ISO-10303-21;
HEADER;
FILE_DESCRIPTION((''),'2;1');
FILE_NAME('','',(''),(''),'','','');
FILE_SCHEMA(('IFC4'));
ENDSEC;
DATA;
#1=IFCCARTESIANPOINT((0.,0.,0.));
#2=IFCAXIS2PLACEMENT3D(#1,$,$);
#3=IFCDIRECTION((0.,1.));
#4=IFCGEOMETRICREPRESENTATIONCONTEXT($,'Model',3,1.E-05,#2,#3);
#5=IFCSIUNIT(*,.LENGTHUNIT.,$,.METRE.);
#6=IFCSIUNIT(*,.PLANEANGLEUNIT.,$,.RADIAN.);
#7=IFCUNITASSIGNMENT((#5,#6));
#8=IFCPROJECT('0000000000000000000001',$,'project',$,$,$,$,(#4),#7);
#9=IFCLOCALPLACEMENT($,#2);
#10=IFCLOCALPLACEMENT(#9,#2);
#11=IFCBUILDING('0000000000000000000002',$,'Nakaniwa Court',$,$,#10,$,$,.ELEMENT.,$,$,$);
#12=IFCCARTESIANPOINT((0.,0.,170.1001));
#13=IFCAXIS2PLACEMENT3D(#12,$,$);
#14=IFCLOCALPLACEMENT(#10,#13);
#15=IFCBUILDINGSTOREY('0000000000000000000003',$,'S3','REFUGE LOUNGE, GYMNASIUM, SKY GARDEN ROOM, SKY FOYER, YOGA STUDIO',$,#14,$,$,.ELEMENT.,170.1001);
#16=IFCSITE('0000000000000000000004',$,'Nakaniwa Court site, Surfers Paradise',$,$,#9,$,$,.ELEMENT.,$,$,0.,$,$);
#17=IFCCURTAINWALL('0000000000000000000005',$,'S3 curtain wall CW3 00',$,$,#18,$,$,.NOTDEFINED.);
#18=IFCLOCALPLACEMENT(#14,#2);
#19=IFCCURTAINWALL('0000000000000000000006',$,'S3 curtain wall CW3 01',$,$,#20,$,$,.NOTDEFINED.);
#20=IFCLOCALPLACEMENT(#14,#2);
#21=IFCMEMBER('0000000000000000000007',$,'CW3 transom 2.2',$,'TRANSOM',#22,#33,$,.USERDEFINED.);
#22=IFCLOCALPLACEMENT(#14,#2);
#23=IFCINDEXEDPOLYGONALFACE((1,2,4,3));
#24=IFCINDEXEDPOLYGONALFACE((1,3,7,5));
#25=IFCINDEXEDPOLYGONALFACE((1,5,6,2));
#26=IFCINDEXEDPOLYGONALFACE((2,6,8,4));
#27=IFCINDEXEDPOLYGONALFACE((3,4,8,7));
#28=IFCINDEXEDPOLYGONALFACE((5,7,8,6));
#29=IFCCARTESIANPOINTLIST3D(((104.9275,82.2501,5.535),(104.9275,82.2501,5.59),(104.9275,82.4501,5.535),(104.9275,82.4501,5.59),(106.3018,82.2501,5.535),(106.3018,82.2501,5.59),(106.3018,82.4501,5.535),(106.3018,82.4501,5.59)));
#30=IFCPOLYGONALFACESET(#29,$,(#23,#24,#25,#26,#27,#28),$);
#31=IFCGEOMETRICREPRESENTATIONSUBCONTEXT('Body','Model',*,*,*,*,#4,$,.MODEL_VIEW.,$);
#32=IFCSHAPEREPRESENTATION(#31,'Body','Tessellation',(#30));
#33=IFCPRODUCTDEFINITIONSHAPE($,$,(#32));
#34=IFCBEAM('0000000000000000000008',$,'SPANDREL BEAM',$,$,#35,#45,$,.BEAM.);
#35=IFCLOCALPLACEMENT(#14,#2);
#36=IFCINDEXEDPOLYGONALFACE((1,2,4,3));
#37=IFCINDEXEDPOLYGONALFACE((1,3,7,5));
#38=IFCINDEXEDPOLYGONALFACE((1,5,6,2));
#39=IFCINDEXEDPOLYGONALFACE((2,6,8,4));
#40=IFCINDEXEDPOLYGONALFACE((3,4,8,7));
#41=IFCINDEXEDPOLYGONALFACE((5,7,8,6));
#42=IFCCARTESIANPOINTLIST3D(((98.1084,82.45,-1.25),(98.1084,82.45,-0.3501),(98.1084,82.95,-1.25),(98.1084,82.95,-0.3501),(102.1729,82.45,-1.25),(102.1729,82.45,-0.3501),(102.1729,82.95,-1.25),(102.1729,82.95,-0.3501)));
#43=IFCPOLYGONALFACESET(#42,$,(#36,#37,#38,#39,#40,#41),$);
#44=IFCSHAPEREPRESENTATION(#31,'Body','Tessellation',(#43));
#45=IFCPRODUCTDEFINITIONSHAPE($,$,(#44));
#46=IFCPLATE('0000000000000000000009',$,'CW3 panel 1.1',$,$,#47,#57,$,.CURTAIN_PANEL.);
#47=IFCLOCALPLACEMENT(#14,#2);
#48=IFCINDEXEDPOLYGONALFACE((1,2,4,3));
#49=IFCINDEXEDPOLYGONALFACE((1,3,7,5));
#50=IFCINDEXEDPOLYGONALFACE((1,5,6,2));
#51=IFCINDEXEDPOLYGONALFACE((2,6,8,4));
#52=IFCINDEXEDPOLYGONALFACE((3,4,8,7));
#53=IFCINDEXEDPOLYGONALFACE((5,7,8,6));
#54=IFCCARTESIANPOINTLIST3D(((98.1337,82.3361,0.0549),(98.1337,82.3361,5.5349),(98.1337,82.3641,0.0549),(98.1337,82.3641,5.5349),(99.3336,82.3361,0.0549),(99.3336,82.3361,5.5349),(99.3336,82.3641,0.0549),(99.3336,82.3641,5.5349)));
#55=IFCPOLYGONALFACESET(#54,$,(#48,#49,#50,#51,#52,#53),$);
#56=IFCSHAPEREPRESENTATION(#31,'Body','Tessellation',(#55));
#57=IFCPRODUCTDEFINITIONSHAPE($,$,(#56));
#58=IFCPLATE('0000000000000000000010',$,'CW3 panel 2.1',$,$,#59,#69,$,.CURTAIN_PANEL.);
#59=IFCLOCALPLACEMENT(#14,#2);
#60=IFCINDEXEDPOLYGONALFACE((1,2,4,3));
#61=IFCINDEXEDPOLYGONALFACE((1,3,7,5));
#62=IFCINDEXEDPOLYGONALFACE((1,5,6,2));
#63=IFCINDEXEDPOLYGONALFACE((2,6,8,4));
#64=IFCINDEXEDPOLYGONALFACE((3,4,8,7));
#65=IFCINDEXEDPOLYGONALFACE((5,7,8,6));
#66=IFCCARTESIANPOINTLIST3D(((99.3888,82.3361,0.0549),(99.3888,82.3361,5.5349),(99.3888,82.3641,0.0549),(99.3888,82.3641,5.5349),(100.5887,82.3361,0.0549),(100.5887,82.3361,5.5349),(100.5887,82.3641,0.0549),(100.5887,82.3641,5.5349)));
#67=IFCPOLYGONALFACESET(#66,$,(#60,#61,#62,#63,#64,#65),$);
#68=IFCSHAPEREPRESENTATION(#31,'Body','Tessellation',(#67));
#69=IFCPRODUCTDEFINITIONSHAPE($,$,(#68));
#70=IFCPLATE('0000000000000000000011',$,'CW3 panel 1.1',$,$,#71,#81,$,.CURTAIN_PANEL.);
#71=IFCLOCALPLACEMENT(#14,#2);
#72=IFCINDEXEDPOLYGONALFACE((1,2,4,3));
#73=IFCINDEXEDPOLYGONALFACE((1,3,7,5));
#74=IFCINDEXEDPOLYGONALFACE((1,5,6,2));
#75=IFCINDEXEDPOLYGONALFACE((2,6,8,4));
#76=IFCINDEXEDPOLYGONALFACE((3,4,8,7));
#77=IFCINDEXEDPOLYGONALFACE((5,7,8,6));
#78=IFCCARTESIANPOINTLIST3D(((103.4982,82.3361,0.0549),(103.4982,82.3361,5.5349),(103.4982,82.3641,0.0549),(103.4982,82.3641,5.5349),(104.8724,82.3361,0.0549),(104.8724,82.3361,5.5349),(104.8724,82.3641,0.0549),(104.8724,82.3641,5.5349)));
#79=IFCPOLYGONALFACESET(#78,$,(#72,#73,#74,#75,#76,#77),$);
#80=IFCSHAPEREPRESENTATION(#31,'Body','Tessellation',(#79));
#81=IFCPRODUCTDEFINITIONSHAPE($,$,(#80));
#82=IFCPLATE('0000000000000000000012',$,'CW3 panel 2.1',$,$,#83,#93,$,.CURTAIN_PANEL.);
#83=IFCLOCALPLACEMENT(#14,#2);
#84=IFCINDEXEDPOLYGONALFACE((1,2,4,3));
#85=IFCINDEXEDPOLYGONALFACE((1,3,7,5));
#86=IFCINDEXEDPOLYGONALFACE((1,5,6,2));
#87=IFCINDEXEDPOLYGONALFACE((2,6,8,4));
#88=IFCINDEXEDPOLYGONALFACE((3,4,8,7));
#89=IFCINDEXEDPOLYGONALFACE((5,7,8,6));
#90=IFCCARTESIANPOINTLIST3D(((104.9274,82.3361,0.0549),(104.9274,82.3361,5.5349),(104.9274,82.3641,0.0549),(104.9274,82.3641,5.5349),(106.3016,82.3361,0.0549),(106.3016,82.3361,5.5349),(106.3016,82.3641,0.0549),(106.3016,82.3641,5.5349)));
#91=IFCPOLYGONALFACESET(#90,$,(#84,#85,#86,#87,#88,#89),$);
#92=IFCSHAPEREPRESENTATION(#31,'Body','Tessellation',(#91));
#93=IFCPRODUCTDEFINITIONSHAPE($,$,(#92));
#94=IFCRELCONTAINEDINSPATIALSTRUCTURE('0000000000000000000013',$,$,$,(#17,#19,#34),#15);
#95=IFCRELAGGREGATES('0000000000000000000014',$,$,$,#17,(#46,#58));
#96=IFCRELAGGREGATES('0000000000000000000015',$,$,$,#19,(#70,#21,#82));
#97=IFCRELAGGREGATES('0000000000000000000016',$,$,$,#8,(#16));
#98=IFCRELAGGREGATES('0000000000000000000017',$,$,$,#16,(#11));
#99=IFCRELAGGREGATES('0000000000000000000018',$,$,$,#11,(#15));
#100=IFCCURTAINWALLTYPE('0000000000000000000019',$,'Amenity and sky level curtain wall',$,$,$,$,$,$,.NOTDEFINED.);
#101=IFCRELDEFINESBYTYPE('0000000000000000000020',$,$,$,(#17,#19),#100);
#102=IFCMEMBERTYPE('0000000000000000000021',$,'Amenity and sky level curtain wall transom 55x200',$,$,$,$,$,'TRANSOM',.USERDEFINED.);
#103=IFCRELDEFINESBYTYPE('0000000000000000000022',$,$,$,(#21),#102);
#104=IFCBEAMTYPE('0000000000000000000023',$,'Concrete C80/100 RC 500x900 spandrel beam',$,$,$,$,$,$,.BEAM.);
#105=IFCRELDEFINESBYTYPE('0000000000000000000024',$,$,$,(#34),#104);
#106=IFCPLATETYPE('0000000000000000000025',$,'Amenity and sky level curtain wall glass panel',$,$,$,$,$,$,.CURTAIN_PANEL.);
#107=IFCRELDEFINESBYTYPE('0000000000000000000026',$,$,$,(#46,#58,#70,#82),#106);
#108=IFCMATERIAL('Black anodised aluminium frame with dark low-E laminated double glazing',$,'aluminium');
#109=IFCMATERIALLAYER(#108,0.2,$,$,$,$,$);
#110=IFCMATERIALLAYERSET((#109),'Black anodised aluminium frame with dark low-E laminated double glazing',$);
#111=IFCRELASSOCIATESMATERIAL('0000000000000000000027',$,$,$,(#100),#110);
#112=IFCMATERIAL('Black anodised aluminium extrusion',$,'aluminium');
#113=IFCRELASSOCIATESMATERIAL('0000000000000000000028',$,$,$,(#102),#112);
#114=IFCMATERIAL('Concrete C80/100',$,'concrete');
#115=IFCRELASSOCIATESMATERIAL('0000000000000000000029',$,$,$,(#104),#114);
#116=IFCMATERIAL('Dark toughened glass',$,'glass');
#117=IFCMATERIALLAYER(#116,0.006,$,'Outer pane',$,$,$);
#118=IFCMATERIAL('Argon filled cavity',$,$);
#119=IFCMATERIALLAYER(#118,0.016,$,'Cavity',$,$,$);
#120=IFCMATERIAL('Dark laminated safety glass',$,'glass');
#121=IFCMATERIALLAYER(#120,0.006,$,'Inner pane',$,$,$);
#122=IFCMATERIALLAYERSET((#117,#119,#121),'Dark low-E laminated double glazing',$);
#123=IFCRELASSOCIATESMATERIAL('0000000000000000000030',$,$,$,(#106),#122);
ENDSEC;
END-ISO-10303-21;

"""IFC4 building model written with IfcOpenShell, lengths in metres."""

from ifc_helpers import new_model, si_unit, direction, frame, origin, origin_2d, place, context, subcontext, project, spatial, rectangle, extrude, material, layer, layer_set, material_profile, profile_set, type_object, element, aggregate, save


model = new_model("IFC4")

# Units and contexts
model_context = context("Model", 3, precision=1e-05, world=origin(), true_north=direction((0.0, 1.0)))
body_context = subcontext(model_context, "Body", "Model", "MODEL_VIEW")
ifc_project = project(units=[si_unit("LENGTHUNIT", "METRE"), si_unit("PLANEANGLEUNIT", "RADIAN")], contexts=[model_context])

# Site, building, storey
site_placement = place(None, origin())
site = spatial("IfcSite", under=ifc_project, at=site_placement, Name="Nakaniwa Court site, Surfers Paradise", CompositionType="ELEMENT", RefElevation=0.0)
building_placement = place(site_placement, origin())
building = spatial("IfcBuilding", under=site, at=building_placement, Name="Nakaniwa Court", CompositionType="ELEMENT")
storey_placement = place(building_placement, frame((0.0, 0.0, 170.1001)))
storey = spatial("IfcBuildingStorey", under=building, at=storey_placement, Name="S3", Description="REFUGE LOUNGE, GYMNASIUM, SKY GARDEN ROOM, SKY FOYER, YOGA STUDIO", CompositionType="ELEMENT", Elevation=170.1001)

# Shared definitions
ifc_material_1 = material(Name="Concrete C80/100", Category="concrete")

# Curtain walls
ifc_material_2 = material(Name="Black anodised aluminium frame with dark low-E laminated double glazing", Category="aluminium")
ifc_layer_1 = layer(ifc_material_2, 0.2)
ifc_layer_set_1 = layer_set([ifc_layer_1], Name="Black anodised aluminium frame with dark low-E laminated double glazing")
curtain_wall_type = type_object("IfcCurtainWallType", Name="Amenity and sky level curtain wall", PredefinedType="NOTDEFINED", material=ifc_layer_set_1)
curtain_wall_1_placement = place(storey_placement, origin())
curtain_wall_1 = element("IfcCurtainWall", 1, at=curtain_wall_1_placement, inside=storey, type_object=curtain_wall_type, Name="S3 curtain wall CW3 00", PredefinedType="NOTDEFINED")
ifc_material_3 = material(Name="Black anodised aluminium extrusion", Category="aluminium")
curtain_wall_2_placement = place(storey_placement, origin())
curtain_wall_2 = element("IfcCurtainWall", 2, at=curtain_wall_2_placement, inside=storey, type_object=curtain_wall_type, Name="S3 curtain wall CW3 01", PredefinedType="NOTDEFINED")

# Member
ifc_material_profile_1 = material_profile(ifc_material_3, rectangle(XDim=0.2, YDim=0.0549, at=origin_2d()), Name="Amenity and sky level curtain wall transom 55x200")
ifc_profile_set_1 = profile_set([ifc_material_profile_1], Name="Black anodised aluminium extrusion")
member_type_1 = type_object("IfcMemberType", Name="Amenity and sky level curtain wall transom 55x200", ElementType="TRANSOM", PredefinedType="USERDEFINED", material=ifc_profile_set_1)
member_1_placement = place(storey_placement, frame((104.9275, 82.3501, 5.5625), z_axis=(1.0, 0.0, 0.0), x_axis=(0.0, 1.0, 0.0)))
member_1 = element("IfcMember", 3, at=member_1_placement, type_object=member_type_1, Name="CW3 transom 2.2", ObjectType="TRANSOM", PredefinedType="USERDEFINED", context=body_context, shape_type="SweptSolid", body=[
    extrude(rectangle(XDim=0.2, YDim=0.0549, at=origin_2d()), origin(), (0.0, 0.0, 1.0), 1.3743),
])

# Beam
ifc_material_profile_2 = material_profile(ifc_material_1, rectangle(XDim=0.5, YDim=0.8999, at=origin_2d()), Name="Concrete C80/100 RC 500x900 spandrel beam")
ifc_profile_set_2 = profile_set([ifc_material_profile_2], Name="Concrete C80/100")
beam_type = type_object("IfcBeamType", Name="Concrete C80/100 RC 500x900 spandrel beam", PredefinedType="BEAM", material=ifc_profile_set_2)
beam_placement = place(storey_placement, frame((98.1084, 82.7, -0.8), z_axis=(1.0, 0.0, 0.0), x_axis=(0.0, 1.0, 0.0)))
element("IfcBeam", 4, at=beam_placement, inside=storey, type_object=beam_type, Name="SPANDREL BEAM", PredefinedType="BEAM", context=body_context, shape_type="SweptSolid", body=[
    extrude(rectangle(XDim=0.5, YDim=0.8999, at=origin_2d()), origin(), (0.0, 0.0, 1.0), 4.0645),
])

# Plates
ifc_material_4 = material(Name="Dark toughened glass", Category="glass")
ifc_layer_2 = layer(ifc_material_4, 0.006, Name="Outer pane")
ifc_material_5 = material(Name="Argon filled cavity")
ifc_layer_3 = layer(ifc_material_5, 0.016, Name="Cavity")
ifc_material_6 = material(Name="Dark laminated safety glass", Category="glass")
ifc_layer_4 = layer(ifc_material_6, 0.006, Name="Inner pane")
ifc_layer_set_2 = layer_set([ifc_layer_2, ifc_layer_3, ifc_layer_4], Name="Dark low-E laminated double glazing")
plate_type = type_object("IfcPlateType", Name="Amenity and sky level curtain wall glass panel", PredefinedType="CURTAIN_PANEL", material=ifc_layer_set_2)
plate_1_placement = place(storey_placement, frame((98.7336, 82.3501, 0.0549), z_axis=(0.0, 0.0, 1.0), x_axis=(1.0, 0.0, 0.0)))
plate_1 = element("IfcPlate", 5, at=plate_1_placement, type_object=plate_type, Name="CW3 panel 1.1", PredefinedType="CURTAIN_PANEL", context=body_context, shape_type="SweptSolid", body=[
    extrude(rectangle(XDim=1.2, YDim=0.0281, at=origin_2d()), origin(), (0.0, 0.0, 1.0), 5.48),
])
plate_2_placement = place(storey_placement, frame((99.9888, 82.3501, 0.0549), z_axis=(0.0, 0.0, 1.0), x_axis=(1.0, 0.0, 0.0)))
plate_2 = element("IfcPlate", 6, at=plate_2_placement, type_object=plate_type, Name="CW3 panel 2.1", PredefinedType="CURTAIN_PANEL", context=body_context, shape_type="SweptSolid", body=[
    extrude(rectangle(XDim=1.2, YDim=0.0281, at=origin_2d()), origin(), (0.0, 0.0, 1.0), 5.48),
])
aggregate(curtain_wall_1, [plate_1, plate_2])
plate_3_placement = place(storey_placement, frame((104.1853, 82.3501, 0.0549), z_axis=(0.0, 0.0, 1.0), x_axis=(1.0, 0.0, 0.0)))
plate_3 = element("IfcPlate", 7, at=plate_3_placement, type_object=plate_type, Name="CW3 panel 1.1", PredefinedType="CURTAIN_PANEL", context=body_context, shape_type="SweptSolid", body=[
    extrude(rectangle(XDim=1.3743, YDim=0.0281, at=origin_2d()), origin(), (0.0, 0.0, 1.0), 5.48),
])
plate_4_placement = place(storey_placement, frame((105.6145, 82.3501, 0.0549), z_axis=(0.0, 0.0, 1.0), x_axis=(1.0, 0.0, 0.0)))
plate_4 = element("IfcPlate", 8, at=plate_4_placement, type_object=plate_type, Name="CW3 panel 2.1", PredefinedType="CURTAIN_PANEL", context=body_context, shape_type="SweptSolid", body=[
    extrude(rectangle(XDim=1.3743, YDim=0.0281, at=origin_2d()), origin(), (0.0, 0.0, 1.0), 5.48),
])
aggregate(curtain_wall_2, [plate_3, member_1, plate_4])

save(model, "model.ifc")
